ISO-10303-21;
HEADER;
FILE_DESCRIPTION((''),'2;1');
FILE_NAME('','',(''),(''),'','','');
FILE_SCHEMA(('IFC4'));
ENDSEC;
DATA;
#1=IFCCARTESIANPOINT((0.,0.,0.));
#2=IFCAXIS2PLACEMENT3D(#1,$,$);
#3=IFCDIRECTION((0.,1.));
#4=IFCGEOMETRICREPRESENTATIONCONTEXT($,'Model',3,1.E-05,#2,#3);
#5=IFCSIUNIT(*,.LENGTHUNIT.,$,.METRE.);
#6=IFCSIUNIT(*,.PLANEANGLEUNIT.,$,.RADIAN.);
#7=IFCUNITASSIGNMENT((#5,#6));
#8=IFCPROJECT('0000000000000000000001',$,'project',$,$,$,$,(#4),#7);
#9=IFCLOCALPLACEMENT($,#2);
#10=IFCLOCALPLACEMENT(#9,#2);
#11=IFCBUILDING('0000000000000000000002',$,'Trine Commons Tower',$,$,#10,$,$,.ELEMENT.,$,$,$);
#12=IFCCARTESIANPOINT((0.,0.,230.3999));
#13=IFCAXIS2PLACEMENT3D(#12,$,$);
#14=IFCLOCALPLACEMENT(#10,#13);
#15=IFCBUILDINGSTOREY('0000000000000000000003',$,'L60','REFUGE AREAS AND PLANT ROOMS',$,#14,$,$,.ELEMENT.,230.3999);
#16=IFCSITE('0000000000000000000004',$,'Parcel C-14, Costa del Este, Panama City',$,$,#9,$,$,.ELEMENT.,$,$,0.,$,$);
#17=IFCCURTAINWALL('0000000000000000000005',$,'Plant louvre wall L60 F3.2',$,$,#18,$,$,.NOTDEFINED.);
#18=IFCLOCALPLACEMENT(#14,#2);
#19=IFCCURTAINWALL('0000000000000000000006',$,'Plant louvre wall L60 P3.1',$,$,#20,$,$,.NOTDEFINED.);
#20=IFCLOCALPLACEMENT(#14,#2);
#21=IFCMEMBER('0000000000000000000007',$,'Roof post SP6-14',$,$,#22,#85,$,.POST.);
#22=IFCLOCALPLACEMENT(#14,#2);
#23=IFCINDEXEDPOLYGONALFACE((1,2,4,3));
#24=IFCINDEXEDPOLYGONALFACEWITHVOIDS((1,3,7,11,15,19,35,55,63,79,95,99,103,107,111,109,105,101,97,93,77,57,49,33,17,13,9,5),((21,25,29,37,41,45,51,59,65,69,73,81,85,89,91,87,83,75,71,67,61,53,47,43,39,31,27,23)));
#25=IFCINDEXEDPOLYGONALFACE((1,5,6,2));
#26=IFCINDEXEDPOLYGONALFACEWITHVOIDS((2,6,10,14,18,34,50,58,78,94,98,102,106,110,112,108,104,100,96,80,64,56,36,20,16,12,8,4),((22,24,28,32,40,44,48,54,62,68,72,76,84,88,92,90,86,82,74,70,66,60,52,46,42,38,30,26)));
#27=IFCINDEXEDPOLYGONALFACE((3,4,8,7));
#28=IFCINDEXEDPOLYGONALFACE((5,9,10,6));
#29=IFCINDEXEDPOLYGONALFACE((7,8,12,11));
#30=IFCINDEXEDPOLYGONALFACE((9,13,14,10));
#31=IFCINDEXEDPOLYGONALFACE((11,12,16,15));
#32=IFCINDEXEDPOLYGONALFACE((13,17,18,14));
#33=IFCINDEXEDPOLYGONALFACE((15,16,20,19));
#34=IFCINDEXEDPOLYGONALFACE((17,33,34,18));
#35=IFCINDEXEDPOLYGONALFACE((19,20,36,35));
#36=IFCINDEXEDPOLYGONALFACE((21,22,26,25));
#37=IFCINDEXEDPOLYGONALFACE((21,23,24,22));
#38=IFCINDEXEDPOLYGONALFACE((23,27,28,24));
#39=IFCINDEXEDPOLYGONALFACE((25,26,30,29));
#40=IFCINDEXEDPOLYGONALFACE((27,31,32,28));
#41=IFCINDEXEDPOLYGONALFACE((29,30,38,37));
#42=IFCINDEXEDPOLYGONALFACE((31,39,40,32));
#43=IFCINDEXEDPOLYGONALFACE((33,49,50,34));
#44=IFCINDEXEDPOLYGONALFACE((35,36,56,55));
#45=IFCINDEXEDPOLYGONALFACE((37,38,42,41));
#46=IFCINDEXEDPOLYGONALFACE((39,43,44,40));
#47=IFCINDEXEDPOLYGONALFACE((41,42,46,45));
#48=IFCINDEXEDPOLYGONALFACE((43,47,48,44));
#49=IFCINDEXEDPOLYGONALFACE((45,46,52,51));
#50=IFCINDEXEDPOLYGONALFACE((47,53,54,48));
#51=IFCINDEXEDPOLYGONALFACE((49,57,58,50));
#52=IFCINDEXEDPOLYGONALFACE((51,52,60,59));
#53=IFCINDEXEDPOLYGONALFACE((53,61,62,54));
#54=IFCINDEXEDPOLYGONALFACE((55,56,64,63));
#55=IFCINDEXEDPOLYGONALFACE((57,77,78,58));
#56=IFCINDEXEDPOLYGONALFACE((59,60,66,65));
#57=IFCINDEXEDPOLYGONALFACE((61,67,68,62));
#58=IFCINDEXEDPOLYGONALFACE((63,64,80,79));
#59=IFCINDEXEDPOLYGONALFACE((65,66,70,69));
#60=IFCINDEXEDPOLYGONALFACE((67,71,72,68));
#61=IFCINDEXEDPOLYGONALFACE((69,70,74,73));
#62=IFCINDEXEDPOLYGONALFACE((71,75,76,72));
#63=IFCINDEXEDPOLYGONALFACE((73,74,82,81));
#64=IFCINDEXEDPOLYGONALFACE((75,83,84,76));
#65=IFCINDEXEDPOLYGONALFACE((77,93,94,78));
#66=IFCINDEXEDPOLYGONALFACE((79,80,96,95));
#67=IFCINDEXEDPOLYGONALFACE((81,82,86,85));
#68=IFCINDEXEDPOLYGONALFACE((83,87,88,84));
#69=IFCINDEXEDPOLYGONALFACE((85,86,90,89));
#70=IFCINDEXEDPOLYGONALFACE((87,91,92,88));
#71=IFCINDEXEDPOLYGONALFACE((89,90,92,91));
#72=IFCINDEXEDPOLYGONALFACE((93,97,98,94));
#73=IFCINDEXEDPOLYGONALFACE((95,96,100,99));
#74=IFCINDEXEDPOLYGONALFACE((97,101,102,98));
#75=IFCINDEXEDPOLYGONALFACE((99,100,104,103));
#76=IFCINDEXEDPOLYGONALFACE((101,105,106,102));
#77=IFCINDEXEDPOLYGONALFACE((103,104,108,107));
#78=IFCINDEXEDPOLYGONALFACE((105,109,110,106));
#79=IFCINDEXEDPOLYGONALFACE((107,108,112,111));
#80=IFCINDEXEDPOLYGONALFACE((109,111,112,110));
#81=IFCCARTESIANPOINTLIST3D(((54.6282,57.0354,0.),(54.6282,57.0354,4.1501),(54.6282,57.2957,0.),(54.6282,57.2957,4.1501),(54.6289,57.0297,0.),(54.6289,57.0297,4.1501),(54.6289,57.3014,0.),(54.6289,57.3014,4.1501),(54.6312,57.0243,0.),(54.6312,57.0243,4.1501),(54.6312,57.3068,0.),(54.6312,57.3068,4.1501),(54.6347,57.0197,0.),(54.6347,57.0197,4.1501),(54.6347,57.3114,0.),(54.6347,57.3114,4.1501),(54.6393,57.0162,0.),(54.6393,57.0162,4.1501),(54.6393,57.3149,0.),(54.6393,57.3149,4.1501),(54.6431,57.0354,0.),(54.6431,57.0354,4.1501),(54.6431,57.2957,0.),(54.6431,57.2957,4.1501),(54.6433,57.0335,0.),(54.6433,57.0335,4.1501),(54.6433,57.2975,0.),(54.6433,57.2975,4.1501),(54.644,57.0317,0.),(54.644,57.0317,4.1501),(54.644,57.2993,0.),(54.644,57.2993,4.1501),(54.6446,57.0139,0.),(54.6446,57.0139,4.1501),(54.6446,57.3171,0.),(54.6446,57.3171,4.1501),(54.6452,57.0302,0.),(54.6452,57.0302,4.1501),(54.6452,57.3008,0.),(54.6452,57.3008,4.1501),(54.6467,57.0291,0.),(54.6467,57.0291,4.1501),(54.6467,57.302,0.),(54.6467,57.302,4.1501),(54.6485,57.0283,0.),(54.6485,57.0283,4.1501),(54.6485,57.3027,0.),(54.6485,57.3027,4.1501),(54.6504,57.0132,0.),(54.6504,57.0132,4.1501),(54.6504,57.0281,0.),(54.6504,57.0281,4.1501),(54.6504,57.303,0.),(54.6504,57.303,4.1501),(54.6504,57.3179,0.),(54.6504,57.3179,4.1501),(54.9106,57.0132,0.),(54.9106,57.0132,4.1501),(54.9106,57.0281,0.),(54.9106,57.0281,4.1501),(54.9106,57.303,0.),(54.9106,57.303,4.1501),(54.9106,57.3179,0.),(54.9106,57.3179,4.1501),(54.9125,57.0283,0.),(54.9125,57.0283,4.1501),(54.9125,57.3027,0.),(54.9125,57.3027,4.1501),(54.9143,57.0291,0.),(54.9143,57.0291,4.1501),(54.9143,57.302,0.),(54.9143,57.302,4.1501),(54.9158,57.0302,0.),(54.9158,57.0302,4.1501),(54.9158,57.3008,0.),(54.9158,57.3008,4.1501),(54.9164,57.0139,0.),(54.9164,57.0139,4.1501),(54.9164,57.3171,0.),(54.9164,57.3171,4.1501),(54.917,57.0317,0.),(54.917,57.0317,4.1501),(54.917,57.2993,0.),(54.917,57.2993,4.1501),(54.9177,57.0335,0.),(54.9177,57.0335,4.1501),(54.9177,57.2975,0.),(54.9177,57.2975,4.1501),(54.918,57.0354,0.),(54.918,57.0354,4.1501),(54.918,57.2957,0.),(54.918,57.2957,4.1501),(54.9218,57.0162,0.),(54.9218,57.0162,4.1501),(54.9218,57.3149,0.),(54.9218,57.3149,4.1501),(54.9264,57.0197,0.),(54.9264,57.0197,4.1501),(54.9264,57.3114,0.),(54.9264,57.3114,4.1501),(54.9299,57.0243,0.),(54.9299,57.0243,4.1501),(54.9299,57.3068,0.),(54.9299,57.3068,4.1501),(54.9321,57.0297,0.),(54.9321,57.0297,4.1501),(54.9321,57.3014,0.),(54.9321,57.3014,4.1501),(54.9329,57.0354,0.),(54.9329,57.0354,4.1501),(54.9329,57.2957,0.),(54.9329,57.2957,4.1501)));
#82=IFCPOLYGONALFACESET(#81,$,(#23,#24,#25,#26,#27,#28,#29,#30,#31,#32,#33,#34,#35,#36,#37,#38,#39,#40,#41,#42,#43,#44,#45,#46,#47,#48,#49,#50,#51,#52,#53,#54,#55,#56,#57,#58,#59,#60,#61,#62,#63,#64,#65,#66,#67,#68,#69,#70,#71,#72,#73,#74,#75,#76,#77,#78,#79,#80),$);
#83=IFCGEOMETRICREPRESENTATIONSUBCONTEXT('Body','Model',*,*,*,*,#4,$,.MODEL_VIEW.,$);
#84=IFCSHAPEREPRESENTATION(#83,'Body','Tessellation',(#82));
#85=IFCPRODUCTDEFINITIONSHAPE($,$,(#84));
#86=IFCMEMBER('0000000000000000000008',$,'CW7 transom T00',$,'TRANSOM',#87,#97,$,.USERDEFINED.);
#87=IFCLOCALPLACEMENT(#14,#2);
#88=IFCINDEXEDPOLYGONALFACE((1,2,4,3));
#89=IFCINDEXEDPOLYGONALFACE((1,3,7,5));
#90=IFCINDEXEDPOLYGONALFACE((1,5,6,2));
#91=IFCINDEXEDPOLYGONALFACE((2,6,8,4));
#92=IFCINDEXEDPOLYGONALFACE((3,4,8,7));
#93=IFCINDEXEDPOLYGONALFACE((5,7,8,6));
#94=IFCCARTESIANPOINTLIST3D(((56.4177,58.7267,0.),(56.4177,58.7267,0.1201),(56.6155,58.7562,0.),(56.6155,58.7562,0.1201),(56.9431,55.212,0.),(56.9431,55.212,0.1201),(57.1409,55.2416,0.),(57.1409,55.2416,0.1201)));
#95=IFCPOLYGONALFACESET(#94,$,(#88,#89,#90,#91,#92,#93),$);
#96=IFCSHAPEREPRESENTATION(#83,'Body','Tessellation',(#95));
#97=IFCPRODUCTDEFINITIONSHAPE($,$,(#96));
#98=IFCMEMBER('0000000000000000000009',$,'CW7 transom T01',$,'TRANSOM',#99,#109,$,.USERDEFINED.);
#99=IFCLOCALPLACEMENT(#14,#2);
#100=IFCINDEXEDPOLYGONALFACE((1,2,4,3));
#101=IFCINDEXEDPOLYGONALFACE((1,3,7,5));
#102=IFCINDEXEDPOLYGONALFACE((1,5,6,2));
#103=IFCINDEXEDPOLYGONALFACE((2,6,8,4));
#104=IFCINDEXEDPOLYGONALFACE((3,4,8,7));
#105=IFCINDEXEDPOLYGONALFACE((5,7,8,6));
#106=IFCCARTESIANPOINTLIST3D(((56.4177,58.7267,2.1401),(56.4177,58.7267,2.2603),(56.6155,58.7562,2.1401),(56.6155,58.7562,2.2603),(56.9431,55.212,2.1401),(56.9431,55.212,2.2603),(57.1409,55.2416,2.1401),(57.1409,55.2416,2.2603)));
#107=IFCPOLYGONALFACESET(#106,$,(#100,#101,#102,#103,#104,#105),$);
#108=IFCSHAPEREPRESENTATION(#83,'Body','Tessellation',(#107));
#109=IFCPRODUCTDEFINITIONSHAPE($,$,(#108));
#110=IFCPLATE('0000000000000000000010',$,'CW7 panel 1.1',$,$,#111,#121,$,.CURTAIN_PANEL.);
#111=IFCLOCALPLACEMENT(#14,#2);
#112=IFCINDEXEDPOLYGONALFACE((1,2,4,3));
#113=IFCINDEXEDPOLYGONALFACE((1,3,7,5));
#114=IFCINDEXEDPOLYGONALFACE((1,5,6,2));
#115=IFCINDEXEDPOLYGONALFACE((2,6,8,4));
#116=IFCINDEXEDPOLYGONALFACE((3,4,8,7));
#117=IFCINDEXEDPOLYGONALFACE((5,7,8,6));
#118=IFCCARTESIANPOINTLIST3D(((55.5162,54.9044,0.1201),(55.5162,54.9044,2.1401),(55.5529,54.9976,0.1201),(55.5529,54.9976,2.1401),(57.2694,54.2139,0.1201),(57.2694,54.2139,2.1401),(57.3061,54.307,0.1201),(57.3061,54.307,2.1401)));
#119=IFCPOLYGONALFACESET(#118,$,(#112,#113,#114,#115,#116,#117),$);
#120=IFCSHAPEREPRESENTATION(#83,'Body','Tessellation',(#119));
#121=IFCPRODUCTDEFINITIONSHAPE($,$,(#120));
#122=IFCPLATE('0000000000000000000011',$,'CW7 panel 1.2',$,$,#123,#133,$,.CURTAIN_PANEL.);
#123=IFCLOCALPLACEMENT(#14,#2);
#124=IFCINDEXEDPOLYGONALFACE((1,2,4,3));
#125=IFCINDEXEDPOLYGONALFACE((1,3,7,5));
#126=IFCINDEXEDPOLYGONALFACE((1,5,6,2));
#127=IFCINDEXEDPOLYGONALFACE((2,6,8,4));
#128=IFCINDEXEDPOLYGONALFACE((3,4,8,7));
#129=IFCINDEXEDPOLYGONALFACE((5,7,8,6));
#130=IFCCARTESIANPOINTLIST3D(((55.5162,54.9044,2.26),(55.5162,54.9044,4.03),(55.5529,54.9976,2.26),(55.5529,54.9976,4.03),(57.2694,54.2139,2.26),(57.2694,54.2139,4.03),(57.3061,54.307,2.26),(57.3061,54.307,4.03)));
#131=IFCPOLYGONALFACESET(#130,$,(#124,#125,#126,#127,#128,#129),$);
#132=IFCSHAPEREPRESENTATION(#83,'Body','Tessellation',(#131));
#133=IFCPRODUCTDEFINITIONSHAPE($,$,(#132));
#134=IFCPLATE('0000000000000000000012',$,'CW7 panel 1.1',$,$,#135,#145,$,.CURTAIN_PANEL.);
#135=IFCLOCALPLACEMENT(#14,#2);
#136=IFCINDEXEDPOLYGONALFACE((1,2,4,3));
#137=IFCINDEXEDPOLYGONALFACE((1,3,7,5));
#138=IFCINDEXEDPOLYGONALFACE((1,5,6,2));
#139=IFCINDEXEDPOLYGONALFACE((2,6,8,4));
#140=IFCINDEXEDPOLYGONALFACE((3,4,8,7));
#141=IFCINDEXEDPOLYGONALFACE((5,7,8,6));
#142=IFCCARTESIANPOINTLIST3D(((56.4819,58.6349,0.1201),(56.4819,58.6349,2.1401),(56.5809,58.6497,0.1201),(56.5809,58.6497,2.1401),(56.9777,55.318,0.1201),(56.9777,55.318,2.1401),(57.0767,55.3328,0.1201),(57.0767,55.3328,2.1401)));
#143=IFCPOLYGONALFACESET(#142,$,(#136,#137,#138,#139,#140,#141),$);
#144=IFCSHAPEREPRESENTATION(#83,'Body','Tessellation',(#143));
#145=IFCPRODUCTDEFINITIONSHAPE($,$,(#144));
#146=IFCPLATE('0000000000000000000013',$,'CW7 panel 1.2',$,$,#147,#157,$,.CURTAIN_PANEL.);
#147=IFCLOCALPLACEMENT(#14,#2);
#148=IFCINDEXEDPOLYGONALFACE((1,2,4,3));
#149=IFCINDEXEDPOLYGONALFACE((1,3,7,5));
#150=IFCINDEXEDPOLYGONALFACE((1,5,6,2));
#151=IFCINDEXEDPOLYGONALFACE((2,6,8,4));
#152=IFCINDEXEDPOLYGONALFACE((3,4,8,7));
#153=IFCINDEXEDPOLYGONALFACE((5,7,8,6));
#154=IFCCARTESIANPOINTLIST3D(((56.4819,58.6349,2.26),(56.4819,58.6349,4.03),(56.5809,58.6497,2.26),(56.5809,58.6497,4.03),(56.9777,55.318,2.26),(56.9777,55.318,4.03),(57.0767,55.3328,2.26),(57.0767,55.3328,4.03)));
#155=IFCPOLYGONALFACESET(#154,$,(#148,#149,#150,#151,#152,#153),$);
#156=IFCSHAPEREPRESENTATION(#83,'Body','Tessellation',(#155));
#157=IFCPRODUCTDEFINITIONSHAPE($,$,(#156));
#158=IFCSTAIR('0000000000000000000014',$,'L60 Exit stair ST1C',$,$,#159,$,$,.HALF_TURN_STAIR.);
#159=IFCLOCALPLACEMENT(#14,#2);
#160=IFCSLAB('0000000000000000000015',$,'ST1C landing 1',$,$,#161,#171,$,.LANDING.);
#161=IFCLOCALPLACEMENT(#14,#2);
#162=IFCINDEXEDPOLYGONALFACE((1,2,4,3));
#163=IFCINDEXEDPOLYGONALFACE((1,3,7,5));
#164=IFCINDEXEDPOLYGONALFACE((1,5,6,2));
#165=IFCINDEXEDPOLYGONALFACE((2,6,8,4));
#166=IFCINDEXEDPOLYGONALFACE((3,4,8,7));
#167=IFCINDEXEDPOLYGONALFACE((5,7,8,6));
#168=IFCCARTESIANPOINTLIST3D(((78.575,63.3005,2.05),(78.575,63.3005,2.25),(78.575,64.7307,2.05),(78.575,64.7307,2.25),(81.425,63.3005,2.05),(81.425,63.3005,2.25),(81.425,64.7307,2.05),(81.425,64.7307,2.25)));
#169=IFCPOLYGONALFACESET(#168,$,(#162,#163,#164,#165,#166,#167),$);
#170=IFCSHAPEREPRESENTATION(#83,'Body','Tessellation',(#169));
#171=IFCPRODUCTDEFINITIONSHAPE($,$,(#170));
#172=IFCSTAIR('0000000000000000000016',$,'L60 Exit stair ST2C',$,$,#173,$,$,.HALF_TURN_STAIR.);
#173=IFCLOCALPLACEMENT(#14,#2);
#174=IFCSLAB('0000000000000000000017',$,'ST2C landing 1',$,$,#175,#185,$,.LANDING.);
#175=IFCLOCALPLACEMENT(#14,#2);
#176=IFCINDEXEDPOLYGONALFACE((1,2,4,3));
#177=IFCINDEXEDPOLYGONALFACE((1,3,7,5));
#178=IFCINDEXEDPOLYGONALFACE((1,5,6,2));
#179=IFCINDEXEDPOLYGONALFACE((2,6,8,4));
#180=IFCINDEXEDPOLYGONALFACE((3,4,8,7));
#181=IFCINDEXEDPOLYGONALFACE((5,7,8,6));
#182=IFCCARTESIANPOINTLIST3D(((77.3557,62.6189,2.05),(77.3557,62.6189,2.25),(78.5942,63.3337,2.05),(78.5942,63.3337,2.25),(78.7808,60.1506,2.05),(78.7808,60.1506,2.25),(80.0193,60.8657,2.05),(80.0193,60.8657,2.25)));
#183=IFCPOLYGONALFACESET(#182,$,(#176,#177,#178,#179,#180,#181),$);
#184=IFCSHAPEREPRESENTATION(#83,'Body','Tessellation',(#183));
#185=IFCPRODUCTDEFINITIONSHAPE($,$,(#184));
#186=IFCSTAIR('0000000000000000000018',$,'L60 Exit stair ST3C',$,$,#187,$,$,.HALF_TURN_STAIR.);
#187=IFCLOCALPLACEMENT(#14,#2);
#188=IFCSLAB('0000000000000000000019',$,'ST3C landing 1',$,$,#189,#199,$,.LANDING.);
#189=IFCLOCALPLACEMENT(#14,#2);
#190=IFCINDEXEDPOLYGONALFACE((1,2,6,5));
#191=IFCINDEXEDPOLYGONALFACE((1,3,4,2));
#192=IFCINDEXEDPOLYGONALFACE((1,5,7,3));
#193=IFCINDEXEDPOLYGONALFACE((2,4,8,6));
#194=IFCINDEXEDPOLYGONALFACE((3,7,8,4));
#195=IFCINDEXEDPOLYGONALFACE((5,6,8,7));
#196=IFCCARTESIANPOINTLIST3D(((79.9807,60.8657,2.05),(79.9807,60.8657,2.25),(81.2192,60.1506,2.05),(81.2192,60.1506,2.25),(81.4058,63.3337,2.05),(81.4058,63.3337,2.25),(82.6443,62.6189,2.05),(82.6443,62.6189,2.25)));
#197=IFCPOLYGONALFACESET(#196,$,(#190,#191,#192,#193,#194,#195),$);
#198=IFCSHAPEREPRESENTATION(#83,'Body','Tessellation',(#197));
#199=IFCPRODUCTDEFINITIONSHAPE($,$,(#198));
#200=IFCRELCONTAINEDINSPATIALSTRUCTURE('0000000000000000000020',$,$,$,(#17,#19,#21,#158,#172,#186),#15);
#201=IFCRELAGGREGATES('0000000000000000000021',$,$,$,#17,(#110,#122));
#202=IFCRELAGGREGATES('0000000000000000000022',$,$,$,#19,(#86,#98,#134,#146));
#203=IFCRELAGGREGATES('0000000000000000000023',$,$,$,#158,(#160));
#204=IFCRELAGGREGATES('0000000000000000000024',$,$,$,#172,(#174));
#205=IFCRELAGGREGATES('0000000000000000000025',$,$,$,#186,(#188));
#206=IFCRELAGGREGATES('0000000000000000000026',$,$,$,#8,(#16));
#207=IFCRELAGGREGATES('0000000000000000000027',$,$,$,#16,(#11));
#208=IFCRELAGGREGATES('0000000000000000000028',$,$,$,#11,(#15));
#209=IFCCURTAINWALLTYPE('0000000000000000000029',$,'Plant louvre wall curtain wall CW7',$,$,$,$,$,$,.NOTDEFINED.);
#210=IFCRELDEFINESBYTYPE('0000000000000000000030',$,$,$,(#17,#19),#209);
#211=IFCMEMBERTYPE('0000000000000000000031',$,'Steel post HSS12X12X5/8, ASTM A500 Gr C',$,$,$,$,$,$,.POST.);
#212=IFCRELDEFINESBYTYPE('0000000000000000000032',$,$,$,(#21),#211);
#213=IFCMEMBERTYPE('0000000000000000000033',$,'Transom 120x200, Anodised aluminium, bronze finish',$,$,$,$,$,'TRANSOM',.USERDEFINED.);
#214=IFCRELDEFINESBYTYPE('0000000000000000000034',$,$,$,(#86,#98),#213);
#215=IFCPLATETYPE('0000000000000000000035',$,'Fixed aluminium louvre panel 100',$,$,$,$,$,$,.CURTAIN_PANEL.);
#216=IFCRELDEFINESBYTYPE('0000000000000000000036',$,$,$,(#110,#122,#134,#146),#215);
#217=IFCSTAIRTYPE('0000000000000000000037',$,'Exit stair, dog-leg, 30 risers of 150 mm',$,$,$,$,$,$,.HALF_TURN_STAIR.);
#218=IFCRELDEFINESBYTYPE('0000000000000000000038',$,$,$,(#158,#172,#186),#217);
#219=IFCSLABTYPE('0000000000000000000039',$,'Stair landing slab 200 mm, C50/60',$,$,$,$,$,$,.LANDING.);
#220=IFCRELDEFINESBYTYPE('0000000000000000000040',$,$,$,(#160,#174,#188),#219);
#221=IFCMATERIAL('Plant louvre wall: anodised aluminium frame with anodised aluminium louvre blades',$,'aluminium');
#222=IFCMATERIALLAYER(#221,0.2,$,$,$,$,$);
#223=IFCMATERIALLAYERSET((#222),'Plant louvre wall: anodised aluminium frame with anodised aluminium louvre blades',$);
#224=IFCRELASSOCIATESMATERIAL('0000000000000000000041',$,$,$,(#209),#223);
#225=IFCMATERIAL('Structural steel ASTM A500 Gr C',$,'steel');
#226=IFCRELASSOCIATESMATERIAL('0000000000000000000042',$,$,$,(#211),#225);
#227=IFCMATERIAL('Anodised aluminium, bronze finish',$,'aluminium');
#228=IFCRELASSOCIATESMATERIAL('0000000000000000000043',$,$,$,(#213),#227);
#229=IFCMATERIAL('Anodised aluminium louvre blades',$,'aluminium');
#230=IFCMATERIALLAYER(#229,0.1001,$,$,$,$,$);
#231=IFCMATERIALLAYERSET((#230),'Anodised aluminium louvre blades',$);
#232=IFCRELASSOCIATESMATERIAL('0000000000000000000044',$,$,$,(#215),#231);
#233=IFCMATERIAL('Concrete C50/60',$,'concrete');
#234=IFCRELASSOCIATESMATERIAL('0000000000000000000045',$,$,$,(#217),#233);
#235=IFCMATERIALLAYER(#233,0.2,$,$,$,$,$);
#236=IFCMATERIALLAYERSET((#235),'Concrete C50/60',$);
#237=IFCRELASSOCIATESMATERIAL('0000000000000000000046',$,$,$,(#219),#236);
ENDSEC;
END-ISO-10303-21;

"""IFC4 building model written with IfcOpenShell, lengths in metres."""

from ifc_helpers import new_model, si_unit, direction, frame, origin, origin_2d, place, context, subcontext, project, spatial, polyline, rectangle, hollow_rectangle, outline, extrude, material, layer, layer_set, material_profile, profile_set, type_object, element, aggregate, save


model = new_model("IFC4")

# Units and contexts
model_context = context("Model", 3, precision=1e-05, world=origin(), true_north=direction((0.0, 1.0)))
body_context = subcontext(model_context, "Body", "Model", "MODEL_VIEW")
ifc_project = project(units=[si_unit("LENGTHUNIT", "METRE"), si_unit("PLANEANGLEUNIT", "RADIAN")], contexts=[model_context])

# Site, building, storey
site_placement = place(None, origin())
site = spatial("IfcSite", under=ifc_project, at=site_placement, Name="Parcel C-14, Costa del Este, Panama City", CompositionType="ELEMENT", RefElevation=0.0)
building_placement = place(site_placement, origin())
building = spatial("IfcBuilding", under=site, at=building_placement, Name="Trine Commons Tower", CompositionType="ELEMENT")
storey_placement = place(building_placement, frame((0.0, 0.0, 230.3999)))
storey = spatial("IfcBuildingStorey", under=building, at=storey_placement, Name="L60", Description="REFUGE AREAS AND PLANT ROOMS", CompositionType="ELEMENT", Elevation=230.3999)

# Curtain walls
ifc_material_1 = material(Name="Plant louvre wall: anodised aluminium frame with anodised aluminium louvre blades", Category="aluminium")
ifc_layer_1 = layer(ifc_material_1, 0.2)
ifc_layer_set_1 = layer_set([ifc_layer_1], Name="Plant louvre wall: anodised aluminium frame with anodised aluminium louvre blades")
curtain_wall_type = type_object("IfcCurtainWallType", Name="Plant louvre wall curtain wall CW7", PredefinedType="NOTDEFINED", material=ifc_layer_set_1)
curtain_wall_1_placement = place(storey_placement, origin())
curtain_wall_1 = element("IfcCurtainWall", 1, at=curtain_wall_1_placement, inside=storey, type_object=curtain_wall_type, Name="Plant louvre wall L60 F3.2", PredefinedType="NOTDEFINED")
ifc_material_2 = material(Name="Anodised aluminium, bronze finish", Category="aluminium")
curtain_wall_2_placement = place(storey_placement, origin())
curtain_wall_2 = element("IfcCurtainWall", 2, at=curtain_wall_2_placement, inside=storey, type_object=curtain_wall_type, Name="Plant louvre wall L60 P3.1", PredefinedType="NOTDEFINED")

# Member
ifc_material_3 = material(Name="Structural steel ASTM A500 Gr C", Category="steel")
ifc_material_profile_1 = material_profile(ifc_material_3, hollow_rectangle(XDim=0.3047, YDim=0.3047, WallThickness=0.0149, InnerFilletRadius=0.0073, OuterFilletRadius=0.0222, at=origin_2d()), Name="HSS12X12X5/8")
ifc_profile_set_1 = profile_set([ifc_material_profile_1], Name="Structural steel ASTM A500 Gr C")
member_type_1 = type_object("IfcMemberType", Name="Steel post HSS12X12X5/8, ASTM A500 Gr C", PredefinedType="POST", material=ifc_profile_set_1)
for number, where, z_axis, x_axis, name in (
    (3, (54.7805, 57.1655, 0.0), (0.0, 0.0, 1.0), (1.0, 0.0, 0.0), "Roof post SP6-14"),
):
    element("IfcMember", number, at=place(storey_placement, frame(where, z_axis=z_axis, x_axis=x_axis)), inside=storey, type_object=member_type_1, Name=name, PredefinedType="POST", context=body_context, shape_type="SweptSolid", body=[
        extrude(hollow_rectangle(XDim=0.3047, YDim=0.3047, WallThickness=0.0149, InnerFilletRadius=0.0073, OuterFilletRadius=0.0222, at=origin_2d()), origin(), (0.0, 0.0, 1.0), 4.1501),
    ])

# Members
ifc_material_profile_2 = material_profile(ifc_material_2, rectangle(XDim=0.2, YDim=0.1201, at=origin_2d()), Name="Transom 120x200")
ifc_profile_set_2 = profile_set([ifc_material_profile_2], Name="Anodised aluminium, bronze finish")
member_type_2 = type_object("IfcMemberType", Name="Transom 120x200, Anodised aluminium, bronze finish", ElementType="TRANSOM", PredefinedType="USERDEFINED", material=ifc_profile_set_2)
member_1_placement = place(storey_placement, frame((57.042, 55.2268, 0.0601), z_axis=(-0.147843, 0.989011, 0.0), x_axis=(-0.989011, -0.147843, 0.0)))
member_1 = element("IfcMember", 4, at=member_1_placement, type_object=member_type_2, Name="CW7 transom T00", ObjectType="TRANSOM", PredefinedType="USERDEFINED", context=body_context, shape_type="SweptSolid", body=[
    extrude(rectangle(XDim=0.2, YDim=0.1201, at=origin_2d()), origin(), (0.0, 0.0, 1.0), 3.5537),
])
member_2_placement = place(storey_placement, frame((57.042, 55.2268, 2.2002), z_axis=(-0.147843, 0.989011, 0.0), x_axis=(-0.989011, -0.147843, 0.0)))
member_2 = element("IfcMember", 5, at=member_2_placement, type_object=member_type_2, Name="CW7 transom T01", ObjectType="TRANSOM", PredefinedType="USERDEFINED", context=body_context, shape_type="SweptSolid", body=[
    extrude(rectangle(XDim=0.2, YDim=0.1201, at=origin_2d()), origin(), (0.0, 0.0, 1.0), 3.5537),
])

# Plates
ifc_material_4 = material(Name="Anodised aluminium louvre blades", Category="aluminium")
ifc_layer_2 = layer(ifc_material_4, 0.1001)
ifc_layer_set_2 = layer_set([ifc_layer_2], Name="Anodised aluminium louvre blades")
plate_type = type_object("IfcPlateType", Name="Fixed aluminium louvre panel 100", PredefinedType="CURTAIN_PANEL", material=ifc_layer_set_2)
plate_1_placement = place(storey_placement, frame((56.4111, 54.6057, 0.1201), z_axis=(0.0, 0.0, 1.0), x_axis=(-0.930418, 0.366501, 0.0)))
plate_1 = element("IfcPlate", 6, at=plate_1_placement, type_object=plate_type, Name="CW7 panel 1.1", PredefinedType="CURTAIN_PANEL", context=body_context, shape_type="SweptSolid", body=[
    extrude(rectangle(XDim=1.8843, YDim=0.1001, at=origin_2d()), origin(), (0.0, 0.0, 1.0), 2.02),
])
plate_2_placement = place(storey_placement, frame((56.4111, 54.6057, 2.26), z_axis=(0.0, 0.0, 1.0), x_axis=(-0.930418, 0.366501, 0.0)))
plate_2 = element("IfcPlate", 7, at=plate_2_placement, type_object=plate_type, Name="CW7 panel 1.2", PredefinedType="CURTAIN_PANEL", context=body_context, shape_type="SweptSolid", body=[
    extrude(rectangle(XDim=1.8843, YDim=0.1001, at=origin_2d()), origin(), (0.0, 0.0, 1.0), 1.77),
])
aggregate(curtain_wall_1, [plate_1, plate_2])
plate_3_placement = place(storey_placement, frame((56.7793, 56.9839, 0.1201), z_axis=(0.0, 0.0, 1.0), x_axis=(-0.147809, 0.989016, 0.0)))
plate_3 = element("IfcPlate", 8, at=plate_3_placement, type_object=plate_type, Name="CW7 panel 1.1", PredefinedType="CURTAIN_PANEL", context=body_context, shape_type="SweptSolid", body=[
    extrude(rectangle(XDim=3.3538, YDim=0.1001, at=origin_2d()), origin(), (0.0, 0.0, 1.0), 2.02),
])
plate_4_placement = place(storey_placement, frame((56.7793, 56.9839, 2.26), z_axis=(0.0, 0.0, 1.0), x_axis=(-0.147809, 0.989016, 0.0)))
plate_4 = element("IfcPlate", 9, at=plate_4_placement, type_object=plate_type, Name="CW7 panel 1.2", PredefinedType="CURTAIN_PANEL", context=body_context, shape_type="SweptSolid", body=[
    extrude(rectangle(XDim=3.3538, YDim=0.1001, at=origin_2d()), origin(), (0.0, 0.0, 1.0), 1.77),
])
aggregate(curtain_wall_2, [member_1, member_2, plate_3, plate_4])

# Stairs, slabs
ifc_material_5 = material(Name="Concrete C50/60", Category="concrete")
stair_type = type_object("IfcStairType", Name="Exit stair, dog-leg, 30 risers of 150 mm", PredefinedType="HALF_TURN_STAIR", material=ifc_material_5)
stair_1_placement = place(storey_placement, origin())
stair_1 = element("IfcStair", 10, at=stair_1_placement, inside=storey, type_object=stair_type, Name="L60 Exit stair ST1C", PredefinedType="HALF_TURN_STAIR")
ifc_layer_3 = layer(ifc_material_5, 0.2)
ifc_layer_set_3 = layer_set([ifc_layer_3], Name="Concrete C50/60")
slab_type = type_object("IfcSlabType", Name="Stair landing slab 200 mm, C50/60", PredefinedType="LANDING", material=ifc_layer_set_3)
slab_1_placement = place(storey_placement, frame((0.0, 0.0, 2.05)))
slab_1 = element("IfcSlab", 11, at=slab_1_placement, type_object=slab_type, Name="ST1C landing 1", PredefinedType="LANDING", context=body_context, shape_type="SweptSolid", body=[
    extrude(outline(polyline([(78.575, 64.7307), (78.575, 63.3005), (81.425, 63.3005), (81.425, 64.7307), (78.575, 64.7307)])), origin(), (0.0, 0.0, 1.0), 0.2),
])
aggregate(stair_1, [slab_1])
stair_2_placement = place(storey_placement, origin())
stair_2 = element("IfcStair", 12, at=stair_2_placement, inside=storey, type_object=stair_type, Name="L60 Exit stair ST2C", PredefinedType="HALF_TURN_STAIR")
slab_2_placement = place(storey_placement, frame((0.0, 0.0, 2.05)))
slab_2 = element("IfcSlab", 13, at=slab_2_placement, type_object=slab_type, Name="ST2C landing 1", PredefinedType="LANDING", context=body_context, shape_type="SweptSolid", body=[
    extrude(outline(polyline([(78.7808, 60.1506), (80.0193, 60.8657), (78.5942, 63.3337), (77.3557, 62.6189), (78.7808, 60.1506)])), origin(), (0.0, 0.0, 1.0), 0.2),
])
aggregate(stair_2, [slab_2])
stair_3_placement = place(storey_placement, origin())
stair_3 = element("IfcStair", 14, at=stair_3_placement, inside=storey, type_object=stair_type, Name="L60 Exit stair ST3C", PredefinedType="HALF_TURN_STAIR")
slab_3_placement = place(storey_placement, frame((0.0, 0.0, 2.05)))
slab_3 = element("IfcSlab", 15, at=slab_3_placement, type_object=slab_type, Name="ST3C landing 1", PredefinedType="LANDING", context=body_context, shape_type="SweptSolid", body=[
    extrude(outline(polyline([(82.6443, 62.6189), (81.4058, 63.3337), (79.9807, 60.8657), (81.2192, 60.1506), (82.6443, 62.6189)])), origin(), (0.0, 0.0, 1.0), 0.2),
])
aggregate(stair_3, [slab_3])

save(model, "model.ifc")
